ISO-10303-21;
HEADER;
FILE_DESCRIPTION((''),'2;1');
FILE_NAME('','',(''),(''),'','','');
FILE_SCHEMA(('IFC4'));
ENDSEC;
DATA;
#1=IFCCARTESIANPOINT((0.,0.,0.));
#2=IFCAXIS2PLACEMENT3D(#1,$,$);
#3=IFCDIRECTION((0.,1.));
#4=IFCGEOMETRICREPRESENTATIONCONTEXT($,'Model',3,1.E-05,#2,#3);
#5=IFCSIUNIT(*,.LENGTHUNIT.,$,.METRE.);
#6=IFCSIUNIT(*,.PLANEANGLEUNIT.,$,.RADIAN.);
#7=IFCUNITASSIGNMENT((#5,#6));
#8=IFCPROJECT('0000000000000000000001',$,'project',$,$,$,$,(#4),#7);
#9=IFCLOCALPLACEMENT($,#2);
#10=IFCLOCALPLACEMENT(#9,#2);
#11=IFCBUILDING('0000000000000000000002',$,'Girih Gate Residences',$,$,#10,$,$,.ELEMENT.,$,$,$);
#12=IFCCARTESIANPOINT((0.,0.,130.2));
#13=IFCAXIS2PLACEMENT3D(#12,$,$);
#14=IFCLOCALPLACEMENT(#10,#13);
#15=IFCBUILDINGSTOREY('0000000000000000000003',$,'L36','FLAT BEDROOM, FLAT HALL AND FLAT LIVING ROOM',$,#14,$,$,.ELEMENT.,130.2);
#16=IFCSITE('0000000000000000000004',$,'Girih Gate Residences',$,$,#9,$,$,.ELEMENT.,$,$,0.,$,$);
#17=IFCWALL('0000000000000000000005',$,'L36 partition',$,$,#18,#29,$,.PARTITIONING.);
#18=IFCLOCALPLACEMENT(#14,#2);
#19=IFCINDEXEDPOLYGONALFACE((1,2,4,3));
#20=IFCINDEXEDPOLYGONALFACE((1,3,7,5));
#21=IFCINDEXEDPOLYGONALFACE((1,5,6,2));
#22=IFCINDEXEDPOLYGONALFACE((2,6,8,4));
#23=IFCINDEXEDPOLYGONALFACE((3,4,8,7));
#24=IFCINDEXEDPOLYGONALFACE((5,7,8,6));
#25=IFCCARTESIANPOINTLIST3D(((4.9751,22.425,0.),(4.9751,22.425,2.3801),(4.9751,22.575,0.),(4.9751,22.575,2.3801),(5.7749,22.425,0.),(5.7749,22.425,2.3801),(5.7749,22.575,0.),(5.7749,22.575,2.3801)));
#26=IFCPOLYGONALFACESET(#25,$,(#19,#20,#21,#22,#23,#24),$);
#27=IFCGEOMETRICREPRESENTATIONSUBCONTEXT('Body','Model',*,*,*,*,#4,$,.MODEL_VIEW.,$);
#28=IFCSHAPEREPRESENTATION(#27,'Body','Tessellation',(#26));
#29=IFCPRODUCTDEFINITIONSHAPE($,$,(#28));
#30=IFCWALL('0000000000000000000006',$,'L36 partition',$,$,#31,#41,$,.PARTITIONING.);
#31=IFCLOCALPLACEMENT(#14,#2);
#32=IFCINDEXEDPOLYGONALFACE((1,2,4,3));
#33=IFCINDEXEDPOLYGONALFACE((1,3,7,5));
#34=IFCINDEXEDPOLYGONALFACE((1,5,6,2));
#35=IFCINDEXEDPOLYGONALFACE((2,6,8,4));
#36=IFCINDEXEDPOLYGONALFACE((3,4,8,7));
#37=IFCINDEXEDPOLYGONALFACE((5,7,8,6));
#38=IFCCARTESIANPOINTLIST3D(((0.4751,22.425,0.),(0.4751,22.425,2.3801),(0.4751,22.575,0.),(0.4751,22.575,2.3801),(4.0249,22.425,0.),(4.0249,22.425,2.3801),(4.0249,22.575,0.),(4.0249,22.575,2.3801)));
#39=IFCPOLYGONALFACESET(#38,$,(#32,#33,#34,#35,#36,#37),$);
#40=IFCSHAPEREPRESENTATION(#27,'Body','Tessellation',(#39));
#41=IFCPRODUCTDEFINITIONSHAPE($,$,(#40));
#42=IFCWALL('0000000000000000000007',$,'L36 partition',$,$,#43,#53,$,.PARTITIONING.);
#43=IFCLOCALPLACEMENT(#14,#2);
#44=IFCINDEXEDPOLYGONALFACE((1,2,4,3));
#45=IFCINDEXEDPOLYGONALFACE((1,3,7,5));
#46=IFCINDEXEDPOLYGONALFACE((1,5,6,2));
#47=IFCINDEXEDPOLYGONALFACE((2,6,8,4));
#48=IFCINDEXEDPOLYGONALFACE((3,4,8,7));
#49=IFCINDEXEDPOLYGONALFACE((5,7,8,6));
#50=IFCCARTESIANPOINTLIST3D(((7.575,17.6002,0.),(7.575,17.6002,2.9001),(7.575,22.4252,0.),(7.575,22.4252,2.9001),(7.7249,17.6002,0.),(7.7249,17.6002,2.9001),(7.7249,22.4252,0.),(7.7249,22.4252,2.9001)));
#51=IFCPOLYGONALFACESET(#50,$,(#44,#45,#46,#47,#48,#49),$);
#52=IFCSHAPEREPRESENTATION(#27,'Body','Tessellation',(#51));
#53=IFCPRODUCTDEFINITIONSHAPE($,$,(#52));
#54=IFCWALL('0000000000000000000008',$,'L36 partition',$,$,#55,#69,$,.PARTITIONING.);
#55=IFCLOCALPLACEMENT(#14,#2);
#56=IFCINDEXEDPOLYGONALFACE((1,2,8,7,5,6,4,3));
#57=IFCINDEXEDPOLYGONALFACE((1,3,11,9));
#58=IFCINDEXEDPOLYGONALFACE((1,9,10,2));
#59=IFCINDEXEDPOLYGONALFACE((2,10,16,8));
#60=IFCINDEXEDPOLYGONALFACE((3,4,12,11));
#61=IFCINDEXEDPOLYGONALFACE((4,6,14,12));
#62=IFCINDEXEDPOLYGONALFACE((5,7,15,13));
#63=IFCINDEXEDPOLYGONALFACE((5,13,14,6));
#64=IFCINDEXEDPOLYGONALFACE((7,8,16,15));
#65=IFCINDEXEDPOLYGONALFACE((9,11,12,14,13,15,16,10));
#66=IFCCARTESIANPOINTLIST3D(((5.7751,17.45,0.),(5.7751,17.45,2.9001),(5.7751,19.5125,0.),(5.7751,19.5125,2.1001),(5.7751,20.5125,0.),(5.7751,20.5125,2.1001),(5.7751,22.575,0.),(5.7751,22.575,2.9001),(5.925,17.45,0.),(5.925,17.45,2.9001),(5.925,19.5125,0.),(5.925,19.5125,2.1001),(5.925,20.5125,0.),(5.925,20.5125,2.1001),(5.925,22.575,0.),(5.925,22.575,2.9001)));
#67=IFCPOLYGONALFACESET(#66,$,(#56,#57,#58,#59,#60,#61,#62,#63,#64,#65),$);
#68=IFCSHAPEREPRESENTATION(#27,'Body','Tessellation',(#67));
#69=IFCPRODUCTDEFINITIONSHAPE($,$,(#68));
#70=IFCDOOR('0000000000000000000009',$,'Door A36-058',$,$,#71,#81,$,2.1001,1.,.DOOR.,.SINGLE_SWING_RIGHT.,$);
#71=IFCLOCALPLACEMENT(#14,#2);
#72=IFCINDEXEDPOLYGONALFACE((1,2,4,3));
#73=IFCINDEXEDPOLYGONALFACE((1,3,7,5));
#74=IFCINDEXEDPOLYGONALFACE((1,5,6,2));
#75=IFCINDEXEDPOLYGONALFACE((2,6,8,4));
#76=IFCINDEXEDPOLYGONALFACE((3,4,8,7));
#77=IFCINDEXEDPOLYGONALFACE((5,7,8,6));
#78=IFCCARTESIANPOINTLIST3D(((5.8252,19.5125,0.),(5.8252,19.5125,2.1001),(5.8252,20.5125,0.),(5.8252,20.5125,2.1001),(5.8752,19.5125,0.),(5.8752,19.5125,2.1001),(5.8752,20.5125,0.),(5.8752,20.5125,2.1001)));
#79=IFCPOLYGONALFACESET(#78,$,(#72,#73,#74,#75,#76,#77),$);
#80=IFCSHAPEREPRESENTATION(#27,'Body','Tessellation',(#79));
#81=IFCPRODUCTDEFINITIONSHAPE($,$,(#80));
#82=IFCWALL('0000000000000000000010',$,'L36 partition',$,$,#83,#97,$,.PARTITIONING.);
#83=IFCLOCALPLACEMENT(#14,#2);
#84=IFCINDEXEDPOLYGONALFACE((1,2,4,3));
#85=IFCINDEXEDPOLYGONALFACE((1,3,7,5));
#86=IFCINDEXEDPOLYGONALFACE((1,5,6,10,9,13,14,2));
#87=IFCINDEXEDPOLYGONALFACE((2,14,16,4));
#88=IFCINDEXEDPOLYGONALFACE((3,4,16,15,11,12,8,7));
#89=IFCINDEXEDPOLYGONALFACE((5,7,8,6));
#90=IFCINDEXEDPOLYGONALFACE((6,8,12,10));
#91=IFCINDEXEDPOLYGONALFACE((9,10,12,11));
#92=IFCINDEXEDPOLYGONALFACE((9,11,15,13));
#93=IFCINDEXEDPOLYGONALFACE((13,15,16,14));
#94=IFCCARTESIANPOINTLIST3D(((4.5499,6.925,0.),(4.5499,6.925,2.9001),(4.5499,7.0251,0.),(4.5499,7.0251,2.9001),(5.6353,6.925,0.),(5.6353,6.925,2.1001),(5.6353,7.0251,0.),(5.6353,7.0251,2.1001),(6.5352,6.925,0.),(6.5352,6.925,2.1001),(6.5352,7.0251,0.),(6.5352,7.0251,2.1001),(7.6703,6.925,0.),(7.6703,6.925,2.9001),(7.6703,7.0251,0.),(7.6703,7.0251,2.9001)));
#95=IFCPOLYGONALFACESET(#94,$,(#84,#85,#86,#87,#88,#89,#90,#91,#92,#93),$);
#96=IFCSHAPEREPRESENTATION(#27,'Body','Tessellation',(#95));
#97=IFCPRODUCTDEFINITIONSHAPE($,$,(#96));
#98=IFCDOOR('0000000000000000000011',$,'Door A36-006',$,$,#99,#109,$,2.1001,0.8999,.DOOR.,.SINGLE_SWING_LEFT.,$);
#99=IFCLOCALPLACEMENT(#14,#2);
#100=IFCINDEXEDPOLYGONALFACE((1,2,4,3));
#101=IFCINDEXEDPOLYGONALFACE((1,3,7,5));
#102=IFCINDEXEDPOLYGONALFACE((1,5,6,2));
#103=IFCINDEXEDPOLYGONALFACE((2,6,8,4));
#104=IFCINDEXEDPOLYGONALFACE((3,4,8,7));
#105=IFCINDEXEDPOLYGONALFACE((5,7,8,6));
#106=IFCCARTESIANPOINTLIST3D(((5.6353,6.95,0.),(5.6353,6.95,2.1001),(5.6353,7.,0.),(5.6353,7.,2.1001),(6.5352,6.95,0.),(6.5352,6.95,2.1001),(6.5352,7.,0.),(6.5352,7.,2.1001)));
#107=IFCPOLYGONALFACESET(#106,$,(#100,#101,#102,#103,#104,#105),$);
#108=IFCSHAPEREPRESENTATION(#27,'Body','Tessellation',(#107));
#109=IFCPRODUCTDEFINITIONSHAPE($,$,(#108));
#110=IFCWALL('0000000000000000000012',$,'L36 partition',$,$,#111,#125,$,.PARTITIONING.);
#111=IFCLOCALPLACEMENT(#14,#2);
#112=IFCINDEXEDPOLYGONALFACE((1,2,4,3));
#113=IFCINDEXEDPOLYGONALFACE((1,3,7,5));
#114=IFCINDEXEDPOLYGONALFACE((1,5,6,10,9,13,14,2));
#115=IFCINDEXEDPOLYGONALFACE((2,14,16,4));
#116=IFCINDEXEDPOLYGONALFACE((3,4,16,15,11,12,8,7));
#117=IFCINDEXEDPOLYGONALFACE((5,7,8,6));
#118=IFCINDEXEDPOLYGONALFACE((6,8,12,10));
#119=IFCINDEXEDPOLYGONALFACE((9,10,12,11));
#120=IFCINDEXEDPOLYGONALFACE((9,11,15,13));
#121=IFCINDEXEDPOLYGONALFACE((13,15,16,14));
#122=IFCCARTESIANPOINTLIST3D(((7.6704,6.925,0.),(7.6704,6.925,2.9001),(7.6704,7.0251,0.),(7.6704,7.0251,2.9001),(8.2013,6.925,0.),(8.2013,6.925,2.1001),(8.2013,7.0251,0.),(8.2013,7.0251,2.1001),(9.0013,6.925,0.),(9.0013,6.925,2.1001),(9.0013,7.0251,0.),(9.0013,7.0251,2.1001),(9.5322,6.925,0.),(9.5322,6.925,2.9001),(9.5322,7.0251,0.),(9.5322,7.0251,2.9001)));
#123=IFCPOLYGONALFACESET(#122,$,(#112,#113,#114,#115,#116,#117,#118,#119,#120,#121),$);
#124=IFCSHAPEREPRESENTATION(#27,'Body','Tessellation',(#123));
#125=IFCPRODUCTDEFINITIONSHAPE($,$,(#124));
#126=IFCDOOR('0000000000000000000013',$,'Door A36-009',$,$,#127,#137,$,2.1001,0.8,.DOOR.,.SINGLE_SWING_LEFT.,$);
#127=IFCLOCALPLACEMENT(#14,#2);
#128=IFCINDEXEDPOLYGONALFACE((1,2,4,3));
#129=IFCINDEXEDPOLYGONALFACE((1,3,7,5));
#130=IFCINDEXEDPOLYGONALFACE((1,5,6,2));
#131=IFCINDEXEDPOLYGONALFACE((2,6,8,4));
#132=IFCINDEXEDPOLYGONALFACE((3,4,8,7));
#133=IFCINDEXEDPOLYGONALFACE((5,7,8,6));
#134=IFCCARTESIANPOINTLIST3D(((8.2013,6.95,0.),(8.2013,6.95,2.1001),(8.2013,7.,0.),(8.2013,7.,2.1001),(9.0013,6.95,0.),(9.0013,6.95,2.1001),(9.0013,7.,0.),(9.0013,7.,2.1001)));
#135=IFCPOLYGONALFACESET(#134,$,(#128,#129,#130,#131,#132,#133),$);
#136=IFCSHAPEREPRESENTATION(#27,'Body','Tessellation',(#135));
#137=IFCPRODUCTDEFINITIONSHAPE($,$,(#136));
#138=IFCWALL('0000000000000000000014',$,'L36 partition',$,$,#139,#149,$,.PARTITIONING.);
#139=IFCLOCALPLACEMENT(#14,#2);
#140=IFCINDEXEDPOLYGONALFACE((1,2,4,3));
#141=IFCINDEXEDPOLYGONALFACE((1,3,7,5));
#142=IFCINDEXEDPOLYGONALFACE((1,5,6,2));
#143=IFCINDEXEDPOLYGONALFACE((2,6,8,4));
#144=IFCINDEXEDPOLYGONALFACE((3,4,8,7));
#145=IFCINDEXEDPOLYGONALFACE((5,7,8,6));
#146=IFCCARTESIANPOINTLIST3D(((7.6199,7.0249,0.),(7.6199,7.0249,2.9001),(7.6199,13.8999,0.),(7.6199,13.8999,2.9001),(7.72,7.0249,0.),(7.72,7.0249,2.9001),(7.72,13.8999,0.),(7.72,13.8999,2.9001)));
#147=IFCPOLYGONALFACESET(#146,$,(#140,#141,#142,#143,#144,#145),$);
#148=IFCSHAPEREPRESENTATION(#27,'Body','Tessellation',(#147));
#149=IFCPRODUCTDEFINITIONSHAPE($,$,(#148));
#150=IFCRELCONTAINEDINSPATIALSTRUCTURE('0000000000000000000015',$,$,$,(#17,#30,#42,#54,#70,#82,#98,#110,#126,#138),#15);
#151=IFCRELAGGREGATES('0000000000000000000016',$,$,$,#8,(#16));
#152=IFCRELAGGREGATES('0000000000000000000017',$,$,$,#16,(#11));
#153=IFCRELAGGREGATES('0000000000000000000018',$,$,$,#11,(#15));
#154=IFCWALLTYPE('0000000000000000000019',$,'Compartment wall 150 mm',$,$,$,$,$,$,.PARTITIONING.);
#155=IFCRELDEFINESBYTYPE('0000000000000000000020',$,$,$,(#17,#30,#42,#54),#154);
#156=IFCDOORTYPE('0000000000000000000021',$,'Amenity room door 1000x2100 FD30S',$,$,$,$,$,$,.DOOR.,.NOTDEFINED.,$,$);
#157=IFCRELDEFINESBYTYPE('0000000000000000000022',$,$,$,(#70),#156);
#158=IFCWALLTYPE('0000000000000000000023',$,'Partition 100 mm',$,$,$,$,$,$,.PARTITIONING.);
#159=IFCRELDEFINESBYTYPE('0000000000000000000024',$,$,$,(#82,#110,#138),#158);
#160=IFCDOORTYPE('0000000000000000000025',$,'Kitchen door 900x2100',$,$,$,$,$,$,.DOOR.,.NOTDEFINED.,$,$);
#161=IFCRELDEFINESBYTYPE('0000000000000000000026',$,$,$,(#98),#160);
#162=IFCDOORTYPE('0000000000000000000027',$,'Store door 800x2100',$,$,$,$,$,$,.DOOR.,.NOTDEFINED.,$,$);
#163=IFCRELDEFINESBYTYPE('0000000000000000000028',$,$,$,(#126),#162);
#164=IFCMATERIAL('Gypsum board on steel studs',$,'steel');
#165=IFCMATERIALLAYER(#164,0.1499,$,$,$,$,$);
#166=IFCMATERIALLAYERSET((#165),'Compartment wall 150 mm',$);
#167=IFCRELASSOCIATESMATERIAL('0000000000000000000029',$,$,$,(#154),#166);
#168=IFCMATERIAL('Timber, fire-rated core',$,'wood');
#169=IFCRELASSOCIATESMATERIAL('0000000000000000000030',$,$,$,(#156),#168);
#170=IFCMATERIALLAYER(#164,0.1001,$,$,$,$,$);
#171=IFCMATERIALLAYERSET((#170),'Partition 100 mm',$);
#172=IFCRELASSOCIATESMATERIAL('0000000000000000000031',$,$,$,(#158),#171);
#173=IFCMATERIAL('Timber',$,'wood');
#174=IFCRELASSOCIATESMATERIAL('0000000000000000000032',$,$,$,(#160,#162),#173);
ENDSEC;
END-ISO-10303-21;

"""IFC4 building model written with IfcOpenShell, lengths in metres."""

from ifc_helpers import new_model, si_unit, direction, frame, frame_2d, origin, place, context, subcontext, project, spatial, rectangle, extrude, material, layer, layer_set, type_object, element, fill, save


model = new_model("IFC4")

# Units and contexts
model_context = context("Model", 3, precision=1e-05, world=origin(), true_north=direction((0.0, 1.0)))
body_context = subcontext(model_context, "Body", "Model", "MODEL_VIEW")
ifc_project = project(units=[si_unit("LENGTHUNIT", "METRE"), si_unit("PLANEANGLEUNIT", "RADIAN")], contexts=[model_context])

# Site, building, storey
site_placement = place(None, origin())
site = spatial("IfcSite", under=ifc_project, at=site_placement, Name="Girih Gate Residences", CompositionType="ELEMENT", RefElevation=0.0)
building_placement = place(site_placement, origin())
building = spatial("IfcBuilding", under=site, at=building_placement, Name="Girih Gate Residences", CompositionType="ELEMENT")
storey_placement = place(building_placement, frame((0.0, 0.0, 130.2)))
storey = spatial("IfcBuildingStorey", under=building, at=storey_placement, Name="L36", Description="FLAT BEDROOM, FLAT HALL AND FLAT LIVING ROOM", CompositionType="ELEMENT", Elevation=130.2)

# Shared definitions
ifc_material_1 = material(Name="Gypsum board on steel studs", Category="steel")
ifc_layer_1 = layer(ifc_material_1, 0.1499)
ifc_layer_set_1 = layer_set([ifc_layer_1], Name="Compartment wall 150 mm")
wall_type_1 = type_object("IfcWallType", Name="Compartment wall 150 mm", PredefinedType="PARTITIONING", material=ifc_layer_set_1)

# Shared definitions
ifc_material_2 = material(Name="Timber", Category="wood")

# Walls
wall_1_placement = place(storey_placement, frame((4.9751, 22.5, 0.0), z_axis=(0.0, 0.0, 1.0), x_axis=(1.0, 0.0, 0.0)))
element("IfcWall", 1, at=wall_1_placement, inside=storey, type_object=wall_type_1, Name="L36 partition", PredefinedType="PARTITIONING", context=body_context, shape_type="SweptSolid", body=[
    extrude(rectangle(XDim=0.7998, YDim=0.1499, at=frame_2d((0.3999, 0.0))), origin(), (0.0, 0.0, 1.0), 2.3801),
])
wall_2_placement = place(storey_placement, frame((0.4751, 22.5, 0.0), z_axis=(0.0, 0.0, 1.0), x_axis=(1.0, 0.0, 0.0)))
element("IfcWall", 2, at=wall_2_placement, inside=storey, type_object=wall_type_1, Name="L36 partition", PredefinedType="PARTITIONING", context=body_context, shape_type="SweptSolid", body=[
    extrude(rectangle(XDim=3.5498, YDim=0.1499, at=frame_2d((1.7749, 0.0))), origin(), (0.0, 0.0, 1.0), 2.3801),
])
wall_3_placement = place(storey_placement, frame((7.6499, 17.6001, 0.0), z_axis=(0.0, 0.0, 1.0), x_axis=(0.0, 1.0, 0.0)))
element("IfcWall", 3, at=wall_3_placement, inside=storey, type_object=wall_type_1, Name="L36 partition", PredefinedType="PARTITIONING", context=body_context, shape_type="SweptSolid", body=[
    extrude(rectangle(XDim=4.825, YDim=0.1499, at=frame_2d((2.4126, 0.0))), origin(), (0.0, 0.0, 1.0), 2.9001),
])

# Walls, openings, doors
wall_4_placement = place(storey_placement, frame((5.8501, 17.45, 0.0), z_axis=(0.0, 0.0, 1.0), x_axis=(0.0, 1.0, 0.0)))
wall_4 = element("IfcWall", 4, at=wall_4_placement, inside=storey, type_object=wall_type_1, Name="L36 partition", PredefinedType="PARTITIONING", context=body_context, shape_type="SweptSolid", body=[
    extrude(rectangle(XDim=5.125, YDim=0.1499, at=frame_2d((2.5625, 0.0))), origin(), (0.0, 0.0, 1.0), 2.9001),
])
opening_1_placement = place(wall_4_placement, frame((2.0625, 0.0, 0.0)))
opening_1 = element("IfcOpeningElement", 5, at=opening_1_placement, cuts=wall_4, PredefinedType="OPENING", context=body_context, shape_type="SweptSolid", body=[
    extrude(rectangle(XDim=1.0, YDim=2.1001, at=frame_2d((0.5, 1.05))), frame((0.0, 0.085, 0.0), z_axis=(0.0, -1.0, 0.0), x_axis=(1.0, 0.0, 0.0)), (0.0, 0.0, 1.0), 0.1699),
])
ifc_material_3 = material(Name="Timber, fire-rated core", Category="wood")
door_type_1 = type_object("IfcDoorType", Name="Amenity room door 1000x2100 FD30S", OperationType="NOTDEFINED", PredefinedType="DOOR", material=ifc_material_3)
door_1_placement = place(opening_1_placement, origin())
door_1 = element("IfcDoor", 6, at=door_1_placement, inside=storey, type_object=door_type_1, Name="Door A36-058", OperationType="SINGLE_SWING_RIGHT", OverallHeight=2.1001, OverallWidth=1.0, PredefinedType="DOOR", context=body_context, shape_type="SweptSolid", body=[
    extrude(rectangle(XDim=1.0, YDim=2.1001, at=frame_2d((0.5, 1.05))), frame((0.0, 0.0249, 0.0), z_axis=(0.0, -1.0, 0.0), x_axis=(1.0, 0.0, 0.0)), (0.0, 0.0, 1.0), 0.05),
])
fill(opening_1, door_1)
ifc_layer_2 = layer(ifc_material_1, 0.1001)
ifc_layer_set_2 = layer_set([ifc_layer_2], Name="Partition 100 mm")
wall_type_2 = type_object("IfcWallType", Name="Partition 100 mm", PredefinedType="PARTITIONING", material=ifc_layer_set_2)
wall_5_placement = place(storey_placement, frame((4.55, 6.9751, 0.0), z_axis=(0.0, 0.0, 1.0), x_axis=(1.0, 0.0, 0.0)))
wall_5 = element("IfcWall", 7, at=wall_5_placement, inside=storey, type_object=wall_type_2, Name="L36 partition", PredefinedType="PARTITIONING", context=body_context, shape_type="SweptSolid", body=[
    extrude(rectangle(XDim=3.1204, YDim=0.1001, at=frame_2d((1.5601, 0.0))), origin(), (0.0, 0.0, 1.0), 2.9001),
])
opening_2_placement = place(wall_5_placement, frame((1.0852, 0.0, 0.0)))
opening_2 = element("IfcOpeningElement", 8, at=opening_2_placement, cuts=wall_5, PredefinedType="OPENING", context=body_context, shape_type="SweptSolid", body=[
    extrude(rectangle(XDim=0.8999, YDim=2.1001, at=frame_2d((0.45, 1.05))), frame((0.0, 0.0601, 0.0), z_axis=(0.0, -1.0, 0.0), x_axis=(1.0, 0.0, 0.0)), (0.0, 0.0, 1.0), 0.1201),
])
door_type_2 = type_object("IfcDoorType", Name="Kitchen door 900x2100", OperationType="NOTDEFINED", PredefinedType="DOOR", material=ifc_material_2)
door_2_placement = place(opening_2_placement, origin())
door_2 = element("IfcDoor", 9, at=door_2_placement, inside=storey, type_object=door_type_2, Name="Door A36-006", OperationType="SINGLE_SWING_LEFT", OverallHeight=2.1001, OverallWidth=0.8999, PredefinedType="DOOR", context=body_context, shape_type="SweptSolid", body=[
    extrude(rectangle(XDim=0.8999, YDim=2.1001, at=frame_2d((0.45, 1.05))), frame((0.0, 0.0249, 0.0), z_axis=(0.0, -1.0, 0.0), x_axis=(1.0, 0.0, 0.0)), (0.0, 0.0, 1.0), 0.05),
])
fill(opening_2, door_2)
wall_6_placement = place(storey_placement, frame((7.6704, 6.9751, 0.0), z_axis=(0.0, 0.0, 1.0), x_axis=(1.0, 0.0, 0.0)))
wall_6 = element("IfcWall", 10, at=wall_6_placement, inside=storey, type_object=wall_type_2, Name="L36 partition", PredefinedType="PARTITIONING", context=body_context, shape_type="SweptSolid", body=[
    extrude(rectangle(XDim=1.8618, YDim=0.1001, at=frame_2d((0.9309, 0.0))), origin(), (0.0, 0.0, 1.0), 2.9001),
])
opening_3_placement = place(wall_6_placement, frame((0.531, 0.0, 0.0)))
opening_3 = element("IfcOpeningElement", 11, at=opening_3_placement, cuts=wall_6, PredefinedType="OPENING", context=body_context, shape_type="SweptSolid", body=[
    extrude(rectangle(XDim=0.8, YDim=2.1001, at=frame_2d((0.3999, 1.05))), frame((0.0, 0.0601, 0.0), z_axis=(0.0, -1.0, 0.0), x_axis=(1.0, 0.0, 0.0)), (0.0, 0.0, 1.0), 0.1201),
])
door_type_3 = type_object("IfcDoorType", Name="Store door 800x2100", OperationType="NOTDEFINED", PredefinedType="DOOR", material=ifc_material_2)
door_3_placement = place(opening_3_placement, origin())
door_3 = element("IfcDoor", 12, at=door_3_placement, inside=storey, type_object=door_type_3, Name="Door A36-009", OperationType="SINGLE_SWING_LEFT", OverallHeight=2.1001, OverallWidth=0.8, PredefinedType="DOOR", context=body_context, shape_type="SweptSolid", body=[
    extrude(rectangle(XDim=0.8, YDim=2.1001, at=frame_2d((0.3999, 1.05))), frame((0.0, 0.0249, 0.0), z_axis=(0.0, -1.0, 0.0), x_axis=(1.0, 0.0, 0.0)), (0.0, 0.0, 1.0), 0.05),
])
fill(opening_3, door_3)

# Wall
wall_7_placement = place(storey_placement, frame((7.6699, 7.0249, 0.0), z_axis=(0.0, 0.0, 1.0), x_axis=(0.0, 1.0, 0.0)))
element("IfcWall", 13, at=wall_7_placement, inside=storey, type_object=wall_type_2, Name="L36 partition", PredefinedType="PARTITIONING", context=body_context, shape_type="SweptSolid", body=[
    extrude(rectangle(XDim=6.875, YDim=0.1001, at=frame_2d((3.4375, 0.0))), origin(), (0.0, 0.0, 1.0), 2.9001),
])

save(model, "model.ifc")
